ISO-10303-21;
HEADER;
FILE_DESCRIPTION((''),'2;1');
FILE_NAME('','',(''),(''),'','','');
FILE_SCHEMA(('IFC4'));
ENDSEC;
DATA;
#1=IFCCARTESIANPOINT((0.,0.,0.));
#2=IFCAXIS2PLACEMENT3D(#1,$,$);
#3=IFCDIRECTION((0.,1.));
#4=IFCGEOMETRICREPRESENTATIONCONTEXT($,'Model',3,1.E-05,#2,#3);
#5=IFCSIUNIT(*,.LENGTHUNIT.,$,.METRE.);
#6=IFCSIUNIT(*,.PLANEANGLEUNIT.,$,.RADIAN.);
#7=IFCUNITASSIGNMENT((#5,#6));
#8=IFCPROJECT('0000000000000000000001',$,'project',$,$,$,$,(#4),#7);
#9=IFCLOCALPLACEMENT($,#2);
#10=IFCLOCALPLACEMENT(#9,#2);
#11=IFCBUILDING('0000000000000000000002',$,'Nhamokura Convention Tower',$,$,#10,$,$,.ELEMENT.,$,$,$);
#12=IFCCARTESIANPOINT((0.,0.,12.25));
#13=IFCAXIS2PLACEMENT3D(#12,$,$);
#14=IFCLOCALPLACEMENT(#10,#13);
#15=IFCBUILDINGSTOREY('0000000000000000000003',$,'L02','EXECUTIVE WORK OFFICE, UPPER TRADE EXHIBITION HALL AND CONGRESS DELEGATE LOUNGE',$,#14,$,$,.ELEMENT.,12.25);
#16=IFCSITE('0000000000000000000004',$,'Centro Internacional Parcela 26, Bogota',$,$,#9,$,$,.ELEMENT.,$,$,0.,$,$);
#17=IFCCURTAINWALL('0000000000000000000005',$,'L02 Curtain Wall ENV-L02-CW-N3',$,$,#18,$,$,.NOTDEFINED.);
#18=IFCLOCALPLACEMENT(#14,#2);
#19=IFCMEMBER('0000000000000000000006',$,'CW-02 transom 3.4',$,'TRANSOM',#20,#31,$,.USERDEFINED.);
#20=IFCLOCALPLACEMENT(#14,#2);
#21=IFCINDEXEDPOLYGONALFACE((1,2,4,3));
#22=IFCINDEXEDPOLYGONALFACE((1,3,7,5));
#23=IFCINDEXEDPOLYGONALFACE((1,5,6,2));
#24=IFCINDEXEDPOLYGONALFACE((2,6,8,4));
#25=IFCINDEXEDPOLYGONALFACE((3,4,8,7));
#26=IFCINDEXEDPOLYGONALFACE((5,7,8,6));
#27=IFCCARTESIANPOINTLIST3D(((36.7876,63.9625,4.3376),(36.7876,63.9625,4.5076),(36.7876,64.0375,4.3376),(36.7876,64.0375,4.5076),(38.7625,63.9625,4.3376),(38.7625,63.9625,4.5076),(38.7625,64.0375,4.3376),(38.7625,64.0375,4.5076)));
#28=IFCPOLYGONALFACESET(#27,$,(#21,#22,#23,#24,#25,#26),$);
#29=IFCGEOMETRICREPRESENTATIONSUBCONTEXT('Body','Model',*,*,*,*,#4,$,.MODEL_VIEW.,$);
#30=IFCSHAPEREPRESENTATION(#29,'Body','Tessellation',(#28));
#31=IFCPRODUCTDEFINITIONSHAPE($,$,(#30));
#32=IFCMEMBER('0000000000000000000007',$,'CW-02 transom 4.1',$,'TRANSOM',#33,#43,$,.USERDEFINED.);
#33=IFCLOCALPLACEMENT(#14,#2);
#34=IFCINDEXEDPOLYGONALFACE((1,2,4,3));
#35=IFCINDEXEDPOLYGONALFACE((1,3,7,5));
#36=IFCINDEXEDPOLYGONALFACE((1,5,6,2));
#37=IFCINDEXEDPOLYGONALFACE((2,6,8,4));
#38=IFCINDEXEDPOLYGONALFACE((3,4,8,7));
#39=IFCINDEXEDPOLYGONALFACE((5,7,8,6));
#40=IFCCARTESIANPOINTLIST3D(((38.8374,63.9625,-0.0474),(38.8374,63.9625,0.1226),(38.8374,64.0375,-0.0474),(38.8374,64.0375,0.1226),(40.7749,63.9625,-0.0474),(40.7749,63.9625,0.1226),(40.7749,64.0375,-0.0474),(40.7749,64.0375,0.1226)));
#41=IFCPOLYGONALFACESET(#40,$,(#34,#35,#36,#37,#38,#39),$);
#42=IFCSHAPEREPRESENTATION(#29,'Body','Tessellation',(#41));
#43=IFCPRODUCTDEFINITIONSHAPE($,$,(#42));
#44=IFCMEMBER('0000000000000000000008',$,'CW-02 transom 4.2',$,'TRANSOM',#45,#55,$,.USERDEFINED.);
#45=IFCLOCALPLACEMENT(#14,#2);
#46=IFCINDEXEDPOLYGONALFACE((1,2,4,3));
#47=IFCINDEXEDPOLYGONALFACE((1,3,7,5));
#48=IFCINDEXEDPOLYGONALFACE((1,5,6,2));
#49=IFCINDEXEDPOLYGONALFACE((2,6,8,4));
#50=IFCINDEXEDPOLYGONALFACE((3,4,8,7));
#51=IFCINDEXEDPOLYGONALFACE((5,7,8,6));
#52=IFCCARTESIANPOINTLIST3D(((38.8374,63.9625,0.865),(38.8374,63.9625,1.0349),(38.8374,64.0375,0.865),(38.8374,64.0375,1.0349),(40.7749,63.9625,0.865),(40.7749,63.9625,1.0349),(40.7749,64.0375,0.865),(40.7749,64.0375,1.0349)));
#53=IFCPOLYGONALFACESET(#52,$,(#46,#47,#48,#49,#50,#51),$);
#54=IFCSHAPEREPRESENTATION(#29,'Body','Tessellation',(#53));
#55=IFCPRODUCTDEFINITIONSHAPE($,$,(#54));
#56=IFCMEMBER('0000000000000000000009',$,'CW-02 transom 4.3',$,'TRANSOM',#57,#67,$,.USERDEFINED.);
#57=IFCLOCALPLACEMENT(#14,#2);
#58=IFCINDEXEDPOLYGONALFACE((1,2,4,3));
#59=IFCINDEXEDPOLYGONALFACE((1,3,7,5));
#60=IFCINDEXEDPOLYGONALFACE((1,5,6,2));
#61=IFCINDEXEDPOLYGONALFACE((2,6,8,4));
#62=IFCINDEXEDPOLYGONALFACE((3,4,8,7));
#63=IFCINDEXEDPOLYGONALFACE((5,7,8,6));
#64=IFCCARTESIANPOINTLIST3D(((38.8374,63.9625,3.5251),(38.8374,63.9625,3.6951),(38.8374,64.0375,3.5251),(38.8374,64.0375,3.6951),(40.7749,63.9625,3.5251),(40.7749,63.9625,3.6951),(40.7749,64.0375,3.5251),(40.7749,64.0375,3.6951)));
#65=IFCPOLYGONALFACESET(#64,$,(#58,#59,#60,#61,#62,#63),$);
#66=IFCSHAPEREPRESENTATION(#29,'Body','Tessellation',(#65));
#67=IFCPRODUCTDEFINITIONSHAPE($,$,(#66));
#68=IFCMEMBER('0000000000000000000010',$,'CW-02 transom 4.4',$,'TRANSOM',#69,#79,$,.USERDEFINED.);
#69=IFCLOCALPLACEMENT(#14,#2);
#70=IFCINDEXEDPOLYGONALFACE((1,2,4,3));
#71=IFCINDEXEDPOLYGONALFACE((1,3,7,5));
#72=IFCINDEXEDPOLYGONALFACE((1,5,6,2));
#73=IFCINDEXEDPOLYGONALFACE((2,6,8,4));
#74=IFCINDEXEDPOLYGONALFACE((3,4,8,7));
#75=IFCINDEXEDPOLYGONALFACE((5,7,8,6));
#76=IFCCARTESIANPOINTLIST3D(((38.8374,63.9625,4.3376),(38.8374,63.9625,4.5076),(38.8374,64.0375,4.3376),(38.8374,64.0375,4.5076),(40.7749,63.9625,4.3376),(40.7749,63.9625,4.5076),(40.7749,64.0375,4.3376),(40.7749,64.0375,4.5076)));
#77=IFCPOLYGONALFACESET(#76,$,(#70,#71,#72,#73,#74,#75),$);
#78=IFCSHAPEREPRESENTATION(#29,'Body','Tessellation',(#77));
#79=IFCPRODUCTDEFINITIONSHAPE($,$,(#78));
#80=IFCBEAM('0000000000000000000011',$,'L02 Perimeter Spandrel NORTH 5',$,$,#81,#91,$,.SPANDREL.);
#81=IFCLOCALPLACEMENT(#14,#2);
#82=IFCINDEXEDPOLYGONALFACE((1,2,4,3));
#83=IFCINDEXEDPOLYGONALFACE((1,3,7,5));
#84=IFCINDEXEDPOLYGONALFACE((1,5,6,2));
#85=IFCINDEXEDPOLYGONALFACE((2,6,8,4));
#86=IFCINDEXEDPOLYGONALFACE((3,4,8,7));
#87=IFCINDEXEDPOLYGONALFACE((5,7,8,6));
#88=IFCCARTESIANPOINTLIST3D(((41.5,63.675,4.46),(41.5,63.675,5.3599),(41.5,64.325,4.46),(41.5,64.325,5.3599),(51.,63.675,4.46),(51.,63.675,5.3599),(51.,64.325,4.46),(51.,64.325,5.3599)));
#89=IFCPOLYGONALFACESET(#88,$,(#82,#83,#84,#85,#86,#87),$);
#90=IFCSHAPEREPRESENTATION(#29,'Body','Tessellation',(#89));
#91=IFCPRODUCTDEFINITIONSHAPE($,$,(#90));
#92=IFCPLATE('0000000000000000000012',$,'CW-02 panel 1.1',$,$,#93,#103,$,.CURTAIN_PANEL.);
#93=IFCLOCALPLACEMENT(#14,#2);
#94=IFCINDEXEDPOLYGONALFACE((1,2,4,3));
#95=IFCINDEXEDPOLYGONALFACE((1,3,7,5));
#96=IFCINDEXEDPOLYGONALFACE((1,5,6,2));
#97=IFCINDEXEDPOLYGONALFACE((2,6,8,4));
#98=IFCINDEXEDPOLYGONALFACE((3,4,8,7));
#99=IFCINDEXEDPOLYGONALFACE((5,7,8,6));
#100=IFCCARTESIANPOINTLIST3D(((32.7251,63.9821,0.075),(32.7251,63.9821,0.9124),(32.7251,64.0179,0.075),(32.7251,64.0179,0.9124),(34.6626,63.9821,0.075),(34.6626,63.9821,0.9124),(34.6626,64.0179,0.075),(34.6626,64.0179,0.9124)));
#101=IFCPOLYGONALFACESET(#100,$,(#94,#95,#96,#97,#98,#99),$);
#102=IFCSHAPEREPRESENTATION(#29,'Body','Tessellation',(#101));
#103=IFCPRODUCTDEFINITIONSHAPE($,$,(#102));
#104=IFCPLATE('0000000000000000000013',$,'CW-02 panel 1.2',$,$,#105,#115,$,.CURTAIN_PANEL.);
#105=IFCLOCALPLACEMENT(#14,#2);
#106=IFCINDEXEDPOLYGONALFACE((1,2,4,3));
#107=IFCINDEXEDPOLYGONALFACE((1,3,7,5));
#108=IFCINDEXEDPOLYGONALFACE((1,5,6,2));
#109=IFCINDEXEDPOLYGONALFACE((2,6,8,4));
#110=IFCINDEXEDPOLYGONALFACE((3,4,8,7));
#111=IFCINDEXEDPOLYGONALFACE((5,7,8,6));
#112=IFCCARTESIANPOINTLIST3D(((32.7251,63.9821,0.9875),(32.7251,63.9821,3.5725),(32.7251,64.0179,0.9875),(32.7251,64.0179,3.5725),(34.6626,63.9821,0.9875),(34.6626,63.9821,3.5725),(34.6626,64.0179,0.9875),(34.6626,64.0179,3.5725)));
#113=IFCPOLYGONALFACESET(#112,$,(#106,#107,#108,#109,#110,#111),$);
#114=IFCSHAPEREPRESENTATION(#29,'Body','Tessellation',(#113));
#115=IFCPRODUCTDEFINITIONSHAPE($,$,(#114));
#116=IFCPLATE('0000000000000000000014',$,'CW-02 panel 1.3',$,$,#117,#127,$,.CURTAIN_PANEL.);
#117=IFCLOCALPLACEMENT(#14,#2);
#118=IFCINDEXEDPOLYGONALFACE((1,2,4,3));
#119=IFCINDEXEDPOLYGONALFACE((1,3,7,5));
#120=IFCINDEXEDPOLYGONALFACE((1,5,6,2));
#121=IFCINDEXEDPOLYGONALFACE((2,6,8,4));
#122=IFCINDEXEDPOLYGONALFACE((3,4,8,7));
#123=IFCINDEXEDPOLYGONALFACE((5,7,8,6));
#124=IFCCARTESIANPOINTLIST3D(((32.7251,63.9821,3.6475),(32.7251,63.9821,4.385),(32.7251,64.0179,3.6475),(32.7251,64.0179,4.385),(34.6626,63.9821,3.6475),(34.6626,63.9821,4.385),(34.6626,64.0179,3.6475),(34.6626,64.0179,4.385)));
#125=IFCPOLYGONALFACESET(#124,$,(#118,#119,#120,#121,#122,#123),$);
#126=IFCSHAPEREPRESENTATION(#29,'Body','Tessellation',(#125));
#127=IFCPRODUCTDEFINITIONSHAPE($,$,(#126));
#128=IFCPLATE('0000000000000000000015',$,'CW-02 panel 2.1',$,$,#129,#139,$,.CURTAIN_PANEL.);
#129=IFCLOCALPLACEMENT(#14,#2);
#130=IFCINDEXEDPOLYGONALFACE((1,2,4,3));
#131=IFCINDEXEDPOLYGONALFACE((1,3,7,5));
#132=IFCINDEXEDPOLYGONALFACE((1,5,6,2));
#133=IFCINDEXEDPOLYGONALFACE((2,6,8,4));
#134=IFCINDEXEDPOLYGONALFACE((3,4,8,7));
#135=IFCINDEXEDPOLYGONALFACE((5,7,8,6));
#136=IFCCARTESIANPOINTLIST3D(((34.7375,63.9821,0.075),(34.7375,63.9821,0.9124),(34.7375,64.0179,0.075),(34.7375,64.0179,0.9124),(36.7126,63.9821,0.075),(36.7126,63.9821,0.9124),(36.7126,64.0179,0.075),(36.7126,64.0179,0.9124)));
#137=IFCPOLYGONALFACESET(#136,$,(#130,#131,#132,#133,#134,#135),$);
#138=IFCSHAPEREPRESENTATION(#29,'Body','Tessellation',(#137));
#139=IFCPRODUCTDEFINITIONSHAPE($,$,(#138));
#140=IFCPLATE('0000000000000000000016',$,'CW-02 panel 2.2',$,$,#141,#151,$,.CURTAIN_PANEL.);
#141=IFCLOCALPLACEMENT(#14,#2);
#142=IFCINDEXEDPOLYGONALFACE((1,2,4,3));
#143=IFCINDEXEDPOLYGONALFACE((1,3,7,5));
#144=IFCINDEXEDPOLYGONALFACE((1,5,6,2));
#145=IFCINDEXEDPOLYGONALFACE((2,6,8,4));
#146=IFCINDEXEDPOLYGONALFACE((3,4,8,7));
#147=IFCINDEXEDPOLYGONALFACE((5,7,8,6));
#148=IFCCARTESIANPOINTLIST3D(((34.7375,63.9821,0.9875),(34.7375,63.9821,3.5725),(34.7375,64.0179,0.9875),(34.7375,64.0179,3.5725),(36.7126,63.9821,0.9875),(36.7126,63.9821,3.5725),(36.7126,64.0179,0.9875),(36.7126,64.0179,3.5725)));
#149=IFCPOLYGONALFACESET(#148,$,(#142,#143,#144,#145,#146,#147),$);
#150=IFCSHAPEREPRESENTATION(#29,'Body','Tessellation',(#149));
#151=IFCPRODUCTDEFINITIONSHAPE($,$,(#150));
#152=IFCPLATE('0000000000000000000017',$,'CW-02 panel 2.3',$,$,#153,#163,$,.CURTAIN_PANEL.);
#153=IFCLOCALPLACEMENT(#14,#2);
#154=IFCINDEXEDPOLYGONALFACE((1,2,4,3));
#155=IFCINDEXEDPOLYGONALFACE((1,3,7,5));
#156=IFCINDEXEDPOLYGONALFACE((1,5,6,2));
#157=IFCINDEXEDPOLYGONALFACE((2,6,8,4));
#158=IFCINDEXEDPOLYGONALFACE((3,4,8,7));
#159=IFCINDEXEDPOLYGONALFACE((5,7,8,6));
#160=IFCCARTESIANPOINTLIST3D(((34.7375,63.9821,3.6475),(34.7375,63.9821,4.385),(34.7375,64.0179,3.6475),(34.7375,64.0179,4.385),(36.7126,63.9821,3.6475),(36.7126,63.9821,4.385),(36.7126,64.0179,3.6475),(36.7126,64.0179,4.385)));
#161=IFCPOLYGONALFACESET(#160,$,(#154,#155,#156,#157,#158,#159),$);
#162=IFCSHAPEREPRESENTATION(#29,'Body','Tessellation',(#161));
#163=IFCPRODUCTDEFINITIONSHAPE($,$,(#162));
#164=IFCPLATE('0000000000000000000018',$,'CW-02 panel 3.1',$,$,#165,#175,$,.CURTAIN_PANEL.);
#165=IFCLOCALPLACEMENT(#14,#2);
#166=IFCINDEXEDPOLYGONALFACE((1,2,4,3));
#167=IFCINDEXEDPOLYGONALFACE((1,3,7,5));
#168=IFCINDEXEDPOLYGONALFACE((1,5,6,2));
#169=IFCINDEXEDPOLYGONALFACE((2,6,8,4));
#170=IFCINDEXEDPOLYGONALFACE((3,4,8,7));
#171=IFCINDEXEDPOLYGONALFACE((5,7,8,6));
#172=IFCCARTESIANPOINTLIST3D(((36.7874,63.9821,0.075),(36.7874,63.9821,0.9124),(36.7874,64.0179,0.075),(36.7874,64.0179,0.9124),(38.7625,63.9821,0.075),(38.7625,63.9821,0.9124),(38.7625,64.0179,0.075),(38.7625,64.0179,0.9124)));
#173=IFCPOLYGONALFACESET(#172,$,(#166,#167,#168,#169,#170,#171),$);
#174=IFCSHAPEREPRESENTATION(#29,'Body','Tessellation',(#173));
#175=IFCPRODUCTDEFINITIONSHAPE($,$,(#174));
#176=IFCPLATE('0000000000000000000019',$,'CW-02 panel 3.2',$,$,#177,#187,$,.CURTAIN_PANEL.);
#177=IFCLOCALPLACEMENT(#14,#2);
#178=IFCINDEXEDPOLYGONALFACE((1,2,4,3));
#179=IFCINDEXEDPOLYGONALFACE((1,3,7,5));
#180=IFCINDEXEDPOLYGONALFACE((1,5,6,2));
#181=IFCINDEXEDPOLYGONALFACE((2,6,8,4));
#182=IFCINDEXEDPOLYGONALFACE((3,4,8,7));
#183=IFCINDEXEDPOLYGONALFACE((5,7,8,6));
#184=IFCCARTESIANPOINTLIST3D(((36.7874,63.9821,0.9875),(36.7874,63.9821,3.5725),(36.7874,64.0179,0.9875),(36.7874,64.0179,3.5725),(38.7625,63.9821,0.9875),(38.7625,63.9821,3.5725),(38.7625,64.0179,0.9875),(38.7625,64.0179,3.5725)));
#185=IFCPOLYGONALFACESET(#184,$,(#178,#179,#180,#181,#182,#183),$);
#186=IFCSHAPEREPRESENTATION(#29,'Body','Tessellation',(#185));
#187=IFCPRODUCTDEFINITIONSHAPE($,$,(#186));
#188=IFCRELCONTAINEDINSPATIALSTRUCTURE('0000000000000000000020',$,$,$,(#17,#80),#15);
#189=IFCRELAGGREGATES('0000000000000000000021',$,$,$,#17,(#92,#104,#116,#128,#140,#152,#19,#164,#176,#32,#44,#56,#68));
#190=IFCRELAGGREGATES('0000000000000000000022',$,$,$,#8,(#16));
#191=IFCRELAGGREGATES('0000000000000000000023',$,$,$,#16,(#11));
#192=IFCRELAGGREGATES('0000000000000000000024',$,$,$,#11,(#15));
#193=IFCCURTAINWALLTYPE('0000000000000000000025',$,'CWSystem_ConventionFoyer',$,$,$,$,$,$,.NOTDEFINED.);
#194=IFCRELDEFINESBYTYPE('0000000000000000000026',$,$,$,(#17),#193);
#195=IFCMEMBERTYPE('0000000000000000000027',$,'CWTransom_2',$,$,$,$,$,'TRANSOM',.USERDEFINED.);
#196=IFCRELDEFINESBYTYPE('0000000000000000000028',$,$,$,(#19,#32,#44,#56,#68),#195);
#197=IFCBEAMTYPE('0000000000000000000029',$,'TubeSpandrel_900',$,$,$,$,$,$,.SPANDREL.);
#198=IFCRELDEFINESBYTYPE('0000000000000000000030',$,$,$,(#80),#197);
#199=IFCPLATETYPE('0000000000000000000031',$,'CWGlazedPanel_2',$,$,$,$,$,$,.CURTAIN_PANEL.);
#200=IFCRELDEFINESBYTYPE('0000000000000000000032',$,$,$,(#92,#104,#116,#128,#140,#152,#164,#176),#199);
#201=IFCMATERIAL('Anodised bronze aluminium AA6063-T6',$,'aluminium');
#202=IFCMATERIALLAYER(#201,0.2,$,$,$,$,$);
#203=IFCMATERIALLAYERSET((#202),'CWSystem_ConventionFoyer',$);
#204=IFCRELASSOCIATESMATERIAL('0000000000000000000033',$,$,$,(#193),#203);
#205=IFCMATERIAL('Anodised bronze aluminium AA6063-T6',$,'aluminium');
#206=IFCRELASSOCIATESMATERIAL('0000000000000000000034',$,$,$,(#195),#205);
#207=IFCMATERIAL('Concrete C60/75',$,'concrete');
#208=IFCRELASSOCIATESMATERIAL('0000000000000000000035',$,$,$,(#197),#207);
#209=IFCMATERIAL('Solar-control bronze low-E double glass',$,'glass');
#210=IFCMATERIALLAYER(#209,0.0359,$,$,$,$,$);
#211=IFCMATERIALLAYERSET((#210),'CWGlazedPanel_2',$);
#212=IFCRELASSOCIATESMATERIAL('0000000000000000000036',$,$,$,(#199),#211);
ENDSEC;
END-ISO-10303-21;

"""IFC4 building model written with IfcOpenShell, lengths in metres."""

from ifc_helpers import new_model, si_unit, direction, frame, origin, origin_2d, place, context, subcontext, project, spatial, rectangle, extrude, material, layer, layer_set, material_profile, profile_set, type_object, element, aggregate, save


model = new_model("IFC4")

# Units and contexts
model_context = context("Model", 3, precision=1e-05, world=origin(), true_north=direction((0.0, 1.0)))
body_context = subcontext(model_context, "Body", "Model", "MODEL_VIEW")
ifc_project = project(units=[si_unit("LENGTHUNIT", "METRE"), si_unit("PLANEANGLEUNIT", "RADIAN")], contexts=[model_context])

# Site, building, storey
site_placement = place(None, origin())
site = spatial("IfcSite", under=ifc_project, at=site_placement, Name="Centro Internacional Parcela 26, Bogota", CompositionType="ELEMENT", RefElevation=0.0)
building_placement = place(site_placement, origin())
building = spatial("IfcBuilding", under=site, at=building_placement, Name="Nhamokura Convention Tower", CompositionType="ELEMENT")
storey_placement = place(building_placement, frame((0.0, 0.0, 12.25)))
storey = spatial("IfcBuildingStorey", under=building, at=storey_placement, Name="L02", Description="EXECUTIVE WORK OFFICE, UPPER TRADE EXHIBITION HALL AND CONGRESS DELEGATE LOUNGE", CompositionType="ELEMENT", Elevation=12.25)

# Curtain wall, members
ifc_material_1 = material(Name="Anodised bronze aluminium AA6063-T6", Category="aluminium")
ifc_layer_1 = layer(ifc_material_1, 0.2)
ifc_layer_set_1 = layer_set([ifc_layer_1], Name="CWSystem_ConventionFoyer")
curtain_wall_type = type_object("IfcCurtainWallType", Name="CWSystem_ConventionFoyer", PredefinedType="NOTDEFINED", material=ifc_layer_set_1)
curtain_wall_placement = place(storey_placement, origin())
curtain_wall = element("IfcCurtainWall", 1, at=curtain_wall_placement, inside=storey, type_object=curtain_wall_type, Name="L02 Curtain Wall ENV-L02-CW-N3", PredefinedType="NOTDEFINED")
ifc_material_2 = material(Name="Anodised bronze aluminium AA6063-T6", Category="aluminium")
ifc_material_profile_1 = material_profile(ifc_material_2, rectangle(XDim=0.075, YDim=0.1699, at=origin_2d()))
ifc_profile_set_1 = profile_set([ifc_material_profile_1], Name="Anodised bronze aluminium AA6063-T6")
member_type_1 = type_object("IfcMemberType", Name="CWTransom_2", ElementType="TRANSOM", PredefinedType="USERDEFINED", material=ifc_profile_set_1)
member_1_placement = place(storey_placement, frame((36.7876, 64.0, 4.4226), z_axis=(1.0, 0.0, 0.0), x_axis=(0.0, 1.0, 0.0)))
member_1 = element("IfcMember", 2, at=member_1_placement, type_object=member_type_1, Name="CW-02 transom 3.4", ObjectType="TRANSOM", PredefinedType="USERDEFINED", context=body_context, shape_type="SweptSolid", body=[
    extrude(rectangle(XDim=0.075, YDim=0.1699, at=origin_2d()), origin(), (0.0, 0.0, 1.0), 1.9749),
])
member_2_placement = place(storey_placement, frame((38.8374, 64.0, 0.0376), z_axis=(1.0, 0.0, 0.0), x_axis=(0.0, 1.0, 0.0)))
member_2 = element("IfcMember", 3, at=member_2_placement, type_object=member_type_1, Name="CW-02 transom 4.1", ObjectType="TRANSOM", PredefinedType="USERDEFINED", context=body_context, shape_type="SweptSolid", body=[
    extrude(rectangle(XDim=0.075, YDim=0.1699, at=origin_2d()), origin(), (0.0, 0.0, 1.0), 1.9375),
])
member_3_placement = place(storey_placement, frame((38.8374, 64.0, 0.95), z_axis=(1.0, 0.0, 0.0), x_axis=(0.0, 1.0, 0.0)))
member_3 = element("IfcMember", 4, at=member_3_placement, type_object=member_type_1, Name="CW-02 transom 4.2", ObjectType="TRANSOM", PredefinedType="USERDEFINED", context=body_context, shape_type="SweptSolid", body=[
    extrude(rectangle(XDim=0.075, YDim=0.1699, at=origin_2d()), origin(), (0.0, 0.0, 1.0), 1.9375),
])
member_4_placement = place(storey_placement, frame((38.8374, 64.0, 3.6101), z_axis=(1.0, 0.0, 0.0), x_axis=(0.0, 1.0, 0.0)))
member_4 = element("IfcMember", 5, at=member_4_placement, type_object=member_type_1, Name="CW-02 transom 4.3", ObjectType="TRANSOM", PredefinedType="USERDEFINED", context=body_context, shape_type="SweptSolid", body=[
    extrude(rectangle(XDim=0.075, YDim=0.1699, at=origin_2d()), origin(), (0.0, 0.0, 1.0), 1.9375),
])
member_5_placement = place(storey_placement, frame((38.8374, 64.0, 4.4226), z_axis=(1.0, 0.0, 0.0), x_axis=(0.0, 1.0, 0.0)))
member_5 = element("IfcMember", 6, at=member_5_placement, type_object=member_type_1, Name="CW-02 transom 4.4", ObjectType="TRANSOM", PredefinedType="USERDEFINED", context=body_context, shape_type="SweptSolid", body=[
    extrude(rectangle(XDim=0.075, YDim=0.1699, at=origin_2d()), origin(), (0.0, 0.0, 1.0), 1.9375),
])

# Beam
ifc_material_3 = material(Name="Concrete C60/75", Category="concrete")
ifc_material_profile_2 = material_profile(ifc_material_3, rectangle(XDim=0.6499, YDim=0.8999, at=origin_2d()))
ifc_profile_set_2 = profile_set([ifc_material_profile_2], Name="Concrete C60/75")
beam_type = type_object("IfcBeamType", Name="TubeSpandrel_900", PredefinedType="SPANDREL", material=ifc_profile_set_2)
beam_placement = place(storey_placement, frame((41.5, 64.0, 4.9099), z_axis=(1.0, 0.0, 0.0), x_axis=(0.0, 1.0, 0.0)))
element("IfcBeam", 7, at=beam_placement, inside=storey, type_object=beam_type, Name="L02 Perimeter Spandrel NORTH 5", PredefinedType="SPANDREL", context=body_context, shape_type="SweptSolid", body=[
    extrude(rectangle(XDim=0.6499, YDim=0.8999, at=origin_2d()), origin(), (0.0, 0.0, 1.0), 9.5),
])

# Plates
ifc_material_4 = material(Name="Solar-control bronze low-E double glass", Category="glass")
ifc_layer_2 = layer(ifc_material_4, 0.0359)
ifc_layer_set_2 = layer_set([ifc_layer_2], Name="CWGlazedPanel_2")
plate_type = type_object("IfcPlateType", Name="CWGlazedPanel_2", PredefinedType="CURTAIN_PANEL", material=ifc_layer_set_2)
plate_1_placement = place(storey_placement, frame((33.6938, 64.0, 0.075), z_axis=(0.0, 0.0, 1.0), x_axis=(1.0, 0.0, 0.0)))
plate_1 = element("IfcPlate", 8, at=plate_1_placement, type_object=plate_type, Name="CW-02 panel 1.1", PredefinedType="CURTAIN_PANEL", context=body_context, shape_type="SweptSolid", body=[
    extrude(rectangle(XDim=1.9375, YDim=0.0359, at=origin_2d()), origin(), (0.0, 0.0, 1.0), 0.8374),
])
plate_2_placement = place(storey_placement, frame((33.6938, 64.0, 0.9875), z_axis=(0.0, 0.0, 1.0), x_axis=(1.0, 0.0, 0.0)))
plate_2 = element("IfcPlate", 9, at=plate_2_placement, type_object=plate_type, Name="CW-02 panel 1.2", PredefinedType="CURTAIN_PANEL", context=body_context, shape_type="SweptSolid", body=[
    extrude(rectangle(XDim=1.9375, YDim=0.0359, at=origin_2d()), origin(), (0.0, 0.0, 1.0), 2.585),
])
plate_3_placement = place(storey_placement, frame((33.6938, 64.0, 3.6475), z_axis=(0.0, 0.0, 1.0), x_axis=(1.0, 0.0, 0.0)))
plate_3 = element("IfcPlate", 10, at=plate_3_placement, type_object=plate_type, Name="CW-02 panel 1.3", PredefinedType="CURTAIN_PANEL", context=body_context, shape_type="SweptSolid", body=[
    extrude(rectangle(XDim=1.9375, YDim=0.0359, at=origin_2d()), origin(), (0.0, 0.0, 1.0), 0.7375),
])
plate_4_placement = place(storey_placement, frame((35.7251, 64.0, 0.075), z_axis=(0.0, 0.0, 1.0), x_axis=(1.0, 0.0, 0.0)))
plate_4 = element("IfcPlate", 11, at=plate_4_placement, type_object=plate_type, Name="CW-02 panel 2.1", PredefinedType="CURTAIN_PANEL", context=body_context, shape_type="SweptSolid", body=[
    extrude(rectangle(XDim=1.9751, YDim=0.0359, at=origin_2d()), origin(), (0.0, 0.0, 1.0), 0.8374),
])
plate_5_placement = place(storey_placement, frame((35.7251, 64.0, 0.9875), z_axis=(0.0, 0.0, 1.0), x_axis=(1.0, 0.0, 0.0)))
plate_5 = element("IfcPlate", 12, at=plate_5_placement, type_object=plate_type, Name="CW-02 panel 2.2", PredefinedType="CURTAIN_PANEL", context=body_context, shape_type="SweptSolid", body=[
    extrude(rectangle(XDim=1.9751, YDim=0.0359, at=origin_2d()), origin(), (0.0, 0.0, 1.0), 2.585),
])
plate_6_placement = place(storey_placement, frame((35.7251, 64.0, 3.6475), z_axis=(0.0, 0.0, 1.0), x_axis=(1.0, 0.0, 0.0)))
plate_6 = element("IfcPlate", 13, at=plate_6_placement, type_object=plate_type, Name="CW-02 panel 2.3", PredefinedType="CURTAIN_PANEL", context=body_context, shape_type="SweptSolid", body=[
    extrude(rectangle(XDim=1.9751, YDim=0.0359, at=origin_2d()), origin(), (0.0, 0.0, 1.0), 0.7375),
])
plate_7_placement = place(storey_placement, frame((37.7749, 64.0, 0.075), z_axis=(0.0, 0.0, 1.0), x_axis=(1.0, 0.0, 0.0)))
plate_7 = element("IfcPlate", 14, at=plate_7_placement, type_object=plate_type, Name="CW-02 panel 3.1", PredefinedType="CURTAIN_PANEL", context=body_context, shape_type="SweptSolid", body=[
    extrude(rectangle(XDim=1.9751, YDim=0.0359, at=origin_2d()), origin(), (0.0, 0.0, 1.0), 0.8374),
])
plate_8_placement = place(storey_placement, frame((37.7749, 64.0, 0.9875), z_axis=(0.0, 0.0, 1.0), x_axis=(1.0, 0.0, 0.0)))
plate_8 = element("IfcPlate", 15, at=plate_8_placement, type_object=plate_type, Name="CW-02 panel 3.2", PredefinedType="CURTAIN_PANEL", context=body_context, shape_type="SweptSolid", body=[
    extrude(rectangle(XDim=1.9751, YDim=0.0359, at=origin_2d()), origin(), (0.0, 0.0, 1.0), 2.585),
])
aggregate(curtain_wall, [plate_1, plate_2, plate_3, plate_4, plate_5, plate_6, member_1, plate_7, plate_8, member_2, member_3, member_4, member_5])

save(model, "model.ifc")
